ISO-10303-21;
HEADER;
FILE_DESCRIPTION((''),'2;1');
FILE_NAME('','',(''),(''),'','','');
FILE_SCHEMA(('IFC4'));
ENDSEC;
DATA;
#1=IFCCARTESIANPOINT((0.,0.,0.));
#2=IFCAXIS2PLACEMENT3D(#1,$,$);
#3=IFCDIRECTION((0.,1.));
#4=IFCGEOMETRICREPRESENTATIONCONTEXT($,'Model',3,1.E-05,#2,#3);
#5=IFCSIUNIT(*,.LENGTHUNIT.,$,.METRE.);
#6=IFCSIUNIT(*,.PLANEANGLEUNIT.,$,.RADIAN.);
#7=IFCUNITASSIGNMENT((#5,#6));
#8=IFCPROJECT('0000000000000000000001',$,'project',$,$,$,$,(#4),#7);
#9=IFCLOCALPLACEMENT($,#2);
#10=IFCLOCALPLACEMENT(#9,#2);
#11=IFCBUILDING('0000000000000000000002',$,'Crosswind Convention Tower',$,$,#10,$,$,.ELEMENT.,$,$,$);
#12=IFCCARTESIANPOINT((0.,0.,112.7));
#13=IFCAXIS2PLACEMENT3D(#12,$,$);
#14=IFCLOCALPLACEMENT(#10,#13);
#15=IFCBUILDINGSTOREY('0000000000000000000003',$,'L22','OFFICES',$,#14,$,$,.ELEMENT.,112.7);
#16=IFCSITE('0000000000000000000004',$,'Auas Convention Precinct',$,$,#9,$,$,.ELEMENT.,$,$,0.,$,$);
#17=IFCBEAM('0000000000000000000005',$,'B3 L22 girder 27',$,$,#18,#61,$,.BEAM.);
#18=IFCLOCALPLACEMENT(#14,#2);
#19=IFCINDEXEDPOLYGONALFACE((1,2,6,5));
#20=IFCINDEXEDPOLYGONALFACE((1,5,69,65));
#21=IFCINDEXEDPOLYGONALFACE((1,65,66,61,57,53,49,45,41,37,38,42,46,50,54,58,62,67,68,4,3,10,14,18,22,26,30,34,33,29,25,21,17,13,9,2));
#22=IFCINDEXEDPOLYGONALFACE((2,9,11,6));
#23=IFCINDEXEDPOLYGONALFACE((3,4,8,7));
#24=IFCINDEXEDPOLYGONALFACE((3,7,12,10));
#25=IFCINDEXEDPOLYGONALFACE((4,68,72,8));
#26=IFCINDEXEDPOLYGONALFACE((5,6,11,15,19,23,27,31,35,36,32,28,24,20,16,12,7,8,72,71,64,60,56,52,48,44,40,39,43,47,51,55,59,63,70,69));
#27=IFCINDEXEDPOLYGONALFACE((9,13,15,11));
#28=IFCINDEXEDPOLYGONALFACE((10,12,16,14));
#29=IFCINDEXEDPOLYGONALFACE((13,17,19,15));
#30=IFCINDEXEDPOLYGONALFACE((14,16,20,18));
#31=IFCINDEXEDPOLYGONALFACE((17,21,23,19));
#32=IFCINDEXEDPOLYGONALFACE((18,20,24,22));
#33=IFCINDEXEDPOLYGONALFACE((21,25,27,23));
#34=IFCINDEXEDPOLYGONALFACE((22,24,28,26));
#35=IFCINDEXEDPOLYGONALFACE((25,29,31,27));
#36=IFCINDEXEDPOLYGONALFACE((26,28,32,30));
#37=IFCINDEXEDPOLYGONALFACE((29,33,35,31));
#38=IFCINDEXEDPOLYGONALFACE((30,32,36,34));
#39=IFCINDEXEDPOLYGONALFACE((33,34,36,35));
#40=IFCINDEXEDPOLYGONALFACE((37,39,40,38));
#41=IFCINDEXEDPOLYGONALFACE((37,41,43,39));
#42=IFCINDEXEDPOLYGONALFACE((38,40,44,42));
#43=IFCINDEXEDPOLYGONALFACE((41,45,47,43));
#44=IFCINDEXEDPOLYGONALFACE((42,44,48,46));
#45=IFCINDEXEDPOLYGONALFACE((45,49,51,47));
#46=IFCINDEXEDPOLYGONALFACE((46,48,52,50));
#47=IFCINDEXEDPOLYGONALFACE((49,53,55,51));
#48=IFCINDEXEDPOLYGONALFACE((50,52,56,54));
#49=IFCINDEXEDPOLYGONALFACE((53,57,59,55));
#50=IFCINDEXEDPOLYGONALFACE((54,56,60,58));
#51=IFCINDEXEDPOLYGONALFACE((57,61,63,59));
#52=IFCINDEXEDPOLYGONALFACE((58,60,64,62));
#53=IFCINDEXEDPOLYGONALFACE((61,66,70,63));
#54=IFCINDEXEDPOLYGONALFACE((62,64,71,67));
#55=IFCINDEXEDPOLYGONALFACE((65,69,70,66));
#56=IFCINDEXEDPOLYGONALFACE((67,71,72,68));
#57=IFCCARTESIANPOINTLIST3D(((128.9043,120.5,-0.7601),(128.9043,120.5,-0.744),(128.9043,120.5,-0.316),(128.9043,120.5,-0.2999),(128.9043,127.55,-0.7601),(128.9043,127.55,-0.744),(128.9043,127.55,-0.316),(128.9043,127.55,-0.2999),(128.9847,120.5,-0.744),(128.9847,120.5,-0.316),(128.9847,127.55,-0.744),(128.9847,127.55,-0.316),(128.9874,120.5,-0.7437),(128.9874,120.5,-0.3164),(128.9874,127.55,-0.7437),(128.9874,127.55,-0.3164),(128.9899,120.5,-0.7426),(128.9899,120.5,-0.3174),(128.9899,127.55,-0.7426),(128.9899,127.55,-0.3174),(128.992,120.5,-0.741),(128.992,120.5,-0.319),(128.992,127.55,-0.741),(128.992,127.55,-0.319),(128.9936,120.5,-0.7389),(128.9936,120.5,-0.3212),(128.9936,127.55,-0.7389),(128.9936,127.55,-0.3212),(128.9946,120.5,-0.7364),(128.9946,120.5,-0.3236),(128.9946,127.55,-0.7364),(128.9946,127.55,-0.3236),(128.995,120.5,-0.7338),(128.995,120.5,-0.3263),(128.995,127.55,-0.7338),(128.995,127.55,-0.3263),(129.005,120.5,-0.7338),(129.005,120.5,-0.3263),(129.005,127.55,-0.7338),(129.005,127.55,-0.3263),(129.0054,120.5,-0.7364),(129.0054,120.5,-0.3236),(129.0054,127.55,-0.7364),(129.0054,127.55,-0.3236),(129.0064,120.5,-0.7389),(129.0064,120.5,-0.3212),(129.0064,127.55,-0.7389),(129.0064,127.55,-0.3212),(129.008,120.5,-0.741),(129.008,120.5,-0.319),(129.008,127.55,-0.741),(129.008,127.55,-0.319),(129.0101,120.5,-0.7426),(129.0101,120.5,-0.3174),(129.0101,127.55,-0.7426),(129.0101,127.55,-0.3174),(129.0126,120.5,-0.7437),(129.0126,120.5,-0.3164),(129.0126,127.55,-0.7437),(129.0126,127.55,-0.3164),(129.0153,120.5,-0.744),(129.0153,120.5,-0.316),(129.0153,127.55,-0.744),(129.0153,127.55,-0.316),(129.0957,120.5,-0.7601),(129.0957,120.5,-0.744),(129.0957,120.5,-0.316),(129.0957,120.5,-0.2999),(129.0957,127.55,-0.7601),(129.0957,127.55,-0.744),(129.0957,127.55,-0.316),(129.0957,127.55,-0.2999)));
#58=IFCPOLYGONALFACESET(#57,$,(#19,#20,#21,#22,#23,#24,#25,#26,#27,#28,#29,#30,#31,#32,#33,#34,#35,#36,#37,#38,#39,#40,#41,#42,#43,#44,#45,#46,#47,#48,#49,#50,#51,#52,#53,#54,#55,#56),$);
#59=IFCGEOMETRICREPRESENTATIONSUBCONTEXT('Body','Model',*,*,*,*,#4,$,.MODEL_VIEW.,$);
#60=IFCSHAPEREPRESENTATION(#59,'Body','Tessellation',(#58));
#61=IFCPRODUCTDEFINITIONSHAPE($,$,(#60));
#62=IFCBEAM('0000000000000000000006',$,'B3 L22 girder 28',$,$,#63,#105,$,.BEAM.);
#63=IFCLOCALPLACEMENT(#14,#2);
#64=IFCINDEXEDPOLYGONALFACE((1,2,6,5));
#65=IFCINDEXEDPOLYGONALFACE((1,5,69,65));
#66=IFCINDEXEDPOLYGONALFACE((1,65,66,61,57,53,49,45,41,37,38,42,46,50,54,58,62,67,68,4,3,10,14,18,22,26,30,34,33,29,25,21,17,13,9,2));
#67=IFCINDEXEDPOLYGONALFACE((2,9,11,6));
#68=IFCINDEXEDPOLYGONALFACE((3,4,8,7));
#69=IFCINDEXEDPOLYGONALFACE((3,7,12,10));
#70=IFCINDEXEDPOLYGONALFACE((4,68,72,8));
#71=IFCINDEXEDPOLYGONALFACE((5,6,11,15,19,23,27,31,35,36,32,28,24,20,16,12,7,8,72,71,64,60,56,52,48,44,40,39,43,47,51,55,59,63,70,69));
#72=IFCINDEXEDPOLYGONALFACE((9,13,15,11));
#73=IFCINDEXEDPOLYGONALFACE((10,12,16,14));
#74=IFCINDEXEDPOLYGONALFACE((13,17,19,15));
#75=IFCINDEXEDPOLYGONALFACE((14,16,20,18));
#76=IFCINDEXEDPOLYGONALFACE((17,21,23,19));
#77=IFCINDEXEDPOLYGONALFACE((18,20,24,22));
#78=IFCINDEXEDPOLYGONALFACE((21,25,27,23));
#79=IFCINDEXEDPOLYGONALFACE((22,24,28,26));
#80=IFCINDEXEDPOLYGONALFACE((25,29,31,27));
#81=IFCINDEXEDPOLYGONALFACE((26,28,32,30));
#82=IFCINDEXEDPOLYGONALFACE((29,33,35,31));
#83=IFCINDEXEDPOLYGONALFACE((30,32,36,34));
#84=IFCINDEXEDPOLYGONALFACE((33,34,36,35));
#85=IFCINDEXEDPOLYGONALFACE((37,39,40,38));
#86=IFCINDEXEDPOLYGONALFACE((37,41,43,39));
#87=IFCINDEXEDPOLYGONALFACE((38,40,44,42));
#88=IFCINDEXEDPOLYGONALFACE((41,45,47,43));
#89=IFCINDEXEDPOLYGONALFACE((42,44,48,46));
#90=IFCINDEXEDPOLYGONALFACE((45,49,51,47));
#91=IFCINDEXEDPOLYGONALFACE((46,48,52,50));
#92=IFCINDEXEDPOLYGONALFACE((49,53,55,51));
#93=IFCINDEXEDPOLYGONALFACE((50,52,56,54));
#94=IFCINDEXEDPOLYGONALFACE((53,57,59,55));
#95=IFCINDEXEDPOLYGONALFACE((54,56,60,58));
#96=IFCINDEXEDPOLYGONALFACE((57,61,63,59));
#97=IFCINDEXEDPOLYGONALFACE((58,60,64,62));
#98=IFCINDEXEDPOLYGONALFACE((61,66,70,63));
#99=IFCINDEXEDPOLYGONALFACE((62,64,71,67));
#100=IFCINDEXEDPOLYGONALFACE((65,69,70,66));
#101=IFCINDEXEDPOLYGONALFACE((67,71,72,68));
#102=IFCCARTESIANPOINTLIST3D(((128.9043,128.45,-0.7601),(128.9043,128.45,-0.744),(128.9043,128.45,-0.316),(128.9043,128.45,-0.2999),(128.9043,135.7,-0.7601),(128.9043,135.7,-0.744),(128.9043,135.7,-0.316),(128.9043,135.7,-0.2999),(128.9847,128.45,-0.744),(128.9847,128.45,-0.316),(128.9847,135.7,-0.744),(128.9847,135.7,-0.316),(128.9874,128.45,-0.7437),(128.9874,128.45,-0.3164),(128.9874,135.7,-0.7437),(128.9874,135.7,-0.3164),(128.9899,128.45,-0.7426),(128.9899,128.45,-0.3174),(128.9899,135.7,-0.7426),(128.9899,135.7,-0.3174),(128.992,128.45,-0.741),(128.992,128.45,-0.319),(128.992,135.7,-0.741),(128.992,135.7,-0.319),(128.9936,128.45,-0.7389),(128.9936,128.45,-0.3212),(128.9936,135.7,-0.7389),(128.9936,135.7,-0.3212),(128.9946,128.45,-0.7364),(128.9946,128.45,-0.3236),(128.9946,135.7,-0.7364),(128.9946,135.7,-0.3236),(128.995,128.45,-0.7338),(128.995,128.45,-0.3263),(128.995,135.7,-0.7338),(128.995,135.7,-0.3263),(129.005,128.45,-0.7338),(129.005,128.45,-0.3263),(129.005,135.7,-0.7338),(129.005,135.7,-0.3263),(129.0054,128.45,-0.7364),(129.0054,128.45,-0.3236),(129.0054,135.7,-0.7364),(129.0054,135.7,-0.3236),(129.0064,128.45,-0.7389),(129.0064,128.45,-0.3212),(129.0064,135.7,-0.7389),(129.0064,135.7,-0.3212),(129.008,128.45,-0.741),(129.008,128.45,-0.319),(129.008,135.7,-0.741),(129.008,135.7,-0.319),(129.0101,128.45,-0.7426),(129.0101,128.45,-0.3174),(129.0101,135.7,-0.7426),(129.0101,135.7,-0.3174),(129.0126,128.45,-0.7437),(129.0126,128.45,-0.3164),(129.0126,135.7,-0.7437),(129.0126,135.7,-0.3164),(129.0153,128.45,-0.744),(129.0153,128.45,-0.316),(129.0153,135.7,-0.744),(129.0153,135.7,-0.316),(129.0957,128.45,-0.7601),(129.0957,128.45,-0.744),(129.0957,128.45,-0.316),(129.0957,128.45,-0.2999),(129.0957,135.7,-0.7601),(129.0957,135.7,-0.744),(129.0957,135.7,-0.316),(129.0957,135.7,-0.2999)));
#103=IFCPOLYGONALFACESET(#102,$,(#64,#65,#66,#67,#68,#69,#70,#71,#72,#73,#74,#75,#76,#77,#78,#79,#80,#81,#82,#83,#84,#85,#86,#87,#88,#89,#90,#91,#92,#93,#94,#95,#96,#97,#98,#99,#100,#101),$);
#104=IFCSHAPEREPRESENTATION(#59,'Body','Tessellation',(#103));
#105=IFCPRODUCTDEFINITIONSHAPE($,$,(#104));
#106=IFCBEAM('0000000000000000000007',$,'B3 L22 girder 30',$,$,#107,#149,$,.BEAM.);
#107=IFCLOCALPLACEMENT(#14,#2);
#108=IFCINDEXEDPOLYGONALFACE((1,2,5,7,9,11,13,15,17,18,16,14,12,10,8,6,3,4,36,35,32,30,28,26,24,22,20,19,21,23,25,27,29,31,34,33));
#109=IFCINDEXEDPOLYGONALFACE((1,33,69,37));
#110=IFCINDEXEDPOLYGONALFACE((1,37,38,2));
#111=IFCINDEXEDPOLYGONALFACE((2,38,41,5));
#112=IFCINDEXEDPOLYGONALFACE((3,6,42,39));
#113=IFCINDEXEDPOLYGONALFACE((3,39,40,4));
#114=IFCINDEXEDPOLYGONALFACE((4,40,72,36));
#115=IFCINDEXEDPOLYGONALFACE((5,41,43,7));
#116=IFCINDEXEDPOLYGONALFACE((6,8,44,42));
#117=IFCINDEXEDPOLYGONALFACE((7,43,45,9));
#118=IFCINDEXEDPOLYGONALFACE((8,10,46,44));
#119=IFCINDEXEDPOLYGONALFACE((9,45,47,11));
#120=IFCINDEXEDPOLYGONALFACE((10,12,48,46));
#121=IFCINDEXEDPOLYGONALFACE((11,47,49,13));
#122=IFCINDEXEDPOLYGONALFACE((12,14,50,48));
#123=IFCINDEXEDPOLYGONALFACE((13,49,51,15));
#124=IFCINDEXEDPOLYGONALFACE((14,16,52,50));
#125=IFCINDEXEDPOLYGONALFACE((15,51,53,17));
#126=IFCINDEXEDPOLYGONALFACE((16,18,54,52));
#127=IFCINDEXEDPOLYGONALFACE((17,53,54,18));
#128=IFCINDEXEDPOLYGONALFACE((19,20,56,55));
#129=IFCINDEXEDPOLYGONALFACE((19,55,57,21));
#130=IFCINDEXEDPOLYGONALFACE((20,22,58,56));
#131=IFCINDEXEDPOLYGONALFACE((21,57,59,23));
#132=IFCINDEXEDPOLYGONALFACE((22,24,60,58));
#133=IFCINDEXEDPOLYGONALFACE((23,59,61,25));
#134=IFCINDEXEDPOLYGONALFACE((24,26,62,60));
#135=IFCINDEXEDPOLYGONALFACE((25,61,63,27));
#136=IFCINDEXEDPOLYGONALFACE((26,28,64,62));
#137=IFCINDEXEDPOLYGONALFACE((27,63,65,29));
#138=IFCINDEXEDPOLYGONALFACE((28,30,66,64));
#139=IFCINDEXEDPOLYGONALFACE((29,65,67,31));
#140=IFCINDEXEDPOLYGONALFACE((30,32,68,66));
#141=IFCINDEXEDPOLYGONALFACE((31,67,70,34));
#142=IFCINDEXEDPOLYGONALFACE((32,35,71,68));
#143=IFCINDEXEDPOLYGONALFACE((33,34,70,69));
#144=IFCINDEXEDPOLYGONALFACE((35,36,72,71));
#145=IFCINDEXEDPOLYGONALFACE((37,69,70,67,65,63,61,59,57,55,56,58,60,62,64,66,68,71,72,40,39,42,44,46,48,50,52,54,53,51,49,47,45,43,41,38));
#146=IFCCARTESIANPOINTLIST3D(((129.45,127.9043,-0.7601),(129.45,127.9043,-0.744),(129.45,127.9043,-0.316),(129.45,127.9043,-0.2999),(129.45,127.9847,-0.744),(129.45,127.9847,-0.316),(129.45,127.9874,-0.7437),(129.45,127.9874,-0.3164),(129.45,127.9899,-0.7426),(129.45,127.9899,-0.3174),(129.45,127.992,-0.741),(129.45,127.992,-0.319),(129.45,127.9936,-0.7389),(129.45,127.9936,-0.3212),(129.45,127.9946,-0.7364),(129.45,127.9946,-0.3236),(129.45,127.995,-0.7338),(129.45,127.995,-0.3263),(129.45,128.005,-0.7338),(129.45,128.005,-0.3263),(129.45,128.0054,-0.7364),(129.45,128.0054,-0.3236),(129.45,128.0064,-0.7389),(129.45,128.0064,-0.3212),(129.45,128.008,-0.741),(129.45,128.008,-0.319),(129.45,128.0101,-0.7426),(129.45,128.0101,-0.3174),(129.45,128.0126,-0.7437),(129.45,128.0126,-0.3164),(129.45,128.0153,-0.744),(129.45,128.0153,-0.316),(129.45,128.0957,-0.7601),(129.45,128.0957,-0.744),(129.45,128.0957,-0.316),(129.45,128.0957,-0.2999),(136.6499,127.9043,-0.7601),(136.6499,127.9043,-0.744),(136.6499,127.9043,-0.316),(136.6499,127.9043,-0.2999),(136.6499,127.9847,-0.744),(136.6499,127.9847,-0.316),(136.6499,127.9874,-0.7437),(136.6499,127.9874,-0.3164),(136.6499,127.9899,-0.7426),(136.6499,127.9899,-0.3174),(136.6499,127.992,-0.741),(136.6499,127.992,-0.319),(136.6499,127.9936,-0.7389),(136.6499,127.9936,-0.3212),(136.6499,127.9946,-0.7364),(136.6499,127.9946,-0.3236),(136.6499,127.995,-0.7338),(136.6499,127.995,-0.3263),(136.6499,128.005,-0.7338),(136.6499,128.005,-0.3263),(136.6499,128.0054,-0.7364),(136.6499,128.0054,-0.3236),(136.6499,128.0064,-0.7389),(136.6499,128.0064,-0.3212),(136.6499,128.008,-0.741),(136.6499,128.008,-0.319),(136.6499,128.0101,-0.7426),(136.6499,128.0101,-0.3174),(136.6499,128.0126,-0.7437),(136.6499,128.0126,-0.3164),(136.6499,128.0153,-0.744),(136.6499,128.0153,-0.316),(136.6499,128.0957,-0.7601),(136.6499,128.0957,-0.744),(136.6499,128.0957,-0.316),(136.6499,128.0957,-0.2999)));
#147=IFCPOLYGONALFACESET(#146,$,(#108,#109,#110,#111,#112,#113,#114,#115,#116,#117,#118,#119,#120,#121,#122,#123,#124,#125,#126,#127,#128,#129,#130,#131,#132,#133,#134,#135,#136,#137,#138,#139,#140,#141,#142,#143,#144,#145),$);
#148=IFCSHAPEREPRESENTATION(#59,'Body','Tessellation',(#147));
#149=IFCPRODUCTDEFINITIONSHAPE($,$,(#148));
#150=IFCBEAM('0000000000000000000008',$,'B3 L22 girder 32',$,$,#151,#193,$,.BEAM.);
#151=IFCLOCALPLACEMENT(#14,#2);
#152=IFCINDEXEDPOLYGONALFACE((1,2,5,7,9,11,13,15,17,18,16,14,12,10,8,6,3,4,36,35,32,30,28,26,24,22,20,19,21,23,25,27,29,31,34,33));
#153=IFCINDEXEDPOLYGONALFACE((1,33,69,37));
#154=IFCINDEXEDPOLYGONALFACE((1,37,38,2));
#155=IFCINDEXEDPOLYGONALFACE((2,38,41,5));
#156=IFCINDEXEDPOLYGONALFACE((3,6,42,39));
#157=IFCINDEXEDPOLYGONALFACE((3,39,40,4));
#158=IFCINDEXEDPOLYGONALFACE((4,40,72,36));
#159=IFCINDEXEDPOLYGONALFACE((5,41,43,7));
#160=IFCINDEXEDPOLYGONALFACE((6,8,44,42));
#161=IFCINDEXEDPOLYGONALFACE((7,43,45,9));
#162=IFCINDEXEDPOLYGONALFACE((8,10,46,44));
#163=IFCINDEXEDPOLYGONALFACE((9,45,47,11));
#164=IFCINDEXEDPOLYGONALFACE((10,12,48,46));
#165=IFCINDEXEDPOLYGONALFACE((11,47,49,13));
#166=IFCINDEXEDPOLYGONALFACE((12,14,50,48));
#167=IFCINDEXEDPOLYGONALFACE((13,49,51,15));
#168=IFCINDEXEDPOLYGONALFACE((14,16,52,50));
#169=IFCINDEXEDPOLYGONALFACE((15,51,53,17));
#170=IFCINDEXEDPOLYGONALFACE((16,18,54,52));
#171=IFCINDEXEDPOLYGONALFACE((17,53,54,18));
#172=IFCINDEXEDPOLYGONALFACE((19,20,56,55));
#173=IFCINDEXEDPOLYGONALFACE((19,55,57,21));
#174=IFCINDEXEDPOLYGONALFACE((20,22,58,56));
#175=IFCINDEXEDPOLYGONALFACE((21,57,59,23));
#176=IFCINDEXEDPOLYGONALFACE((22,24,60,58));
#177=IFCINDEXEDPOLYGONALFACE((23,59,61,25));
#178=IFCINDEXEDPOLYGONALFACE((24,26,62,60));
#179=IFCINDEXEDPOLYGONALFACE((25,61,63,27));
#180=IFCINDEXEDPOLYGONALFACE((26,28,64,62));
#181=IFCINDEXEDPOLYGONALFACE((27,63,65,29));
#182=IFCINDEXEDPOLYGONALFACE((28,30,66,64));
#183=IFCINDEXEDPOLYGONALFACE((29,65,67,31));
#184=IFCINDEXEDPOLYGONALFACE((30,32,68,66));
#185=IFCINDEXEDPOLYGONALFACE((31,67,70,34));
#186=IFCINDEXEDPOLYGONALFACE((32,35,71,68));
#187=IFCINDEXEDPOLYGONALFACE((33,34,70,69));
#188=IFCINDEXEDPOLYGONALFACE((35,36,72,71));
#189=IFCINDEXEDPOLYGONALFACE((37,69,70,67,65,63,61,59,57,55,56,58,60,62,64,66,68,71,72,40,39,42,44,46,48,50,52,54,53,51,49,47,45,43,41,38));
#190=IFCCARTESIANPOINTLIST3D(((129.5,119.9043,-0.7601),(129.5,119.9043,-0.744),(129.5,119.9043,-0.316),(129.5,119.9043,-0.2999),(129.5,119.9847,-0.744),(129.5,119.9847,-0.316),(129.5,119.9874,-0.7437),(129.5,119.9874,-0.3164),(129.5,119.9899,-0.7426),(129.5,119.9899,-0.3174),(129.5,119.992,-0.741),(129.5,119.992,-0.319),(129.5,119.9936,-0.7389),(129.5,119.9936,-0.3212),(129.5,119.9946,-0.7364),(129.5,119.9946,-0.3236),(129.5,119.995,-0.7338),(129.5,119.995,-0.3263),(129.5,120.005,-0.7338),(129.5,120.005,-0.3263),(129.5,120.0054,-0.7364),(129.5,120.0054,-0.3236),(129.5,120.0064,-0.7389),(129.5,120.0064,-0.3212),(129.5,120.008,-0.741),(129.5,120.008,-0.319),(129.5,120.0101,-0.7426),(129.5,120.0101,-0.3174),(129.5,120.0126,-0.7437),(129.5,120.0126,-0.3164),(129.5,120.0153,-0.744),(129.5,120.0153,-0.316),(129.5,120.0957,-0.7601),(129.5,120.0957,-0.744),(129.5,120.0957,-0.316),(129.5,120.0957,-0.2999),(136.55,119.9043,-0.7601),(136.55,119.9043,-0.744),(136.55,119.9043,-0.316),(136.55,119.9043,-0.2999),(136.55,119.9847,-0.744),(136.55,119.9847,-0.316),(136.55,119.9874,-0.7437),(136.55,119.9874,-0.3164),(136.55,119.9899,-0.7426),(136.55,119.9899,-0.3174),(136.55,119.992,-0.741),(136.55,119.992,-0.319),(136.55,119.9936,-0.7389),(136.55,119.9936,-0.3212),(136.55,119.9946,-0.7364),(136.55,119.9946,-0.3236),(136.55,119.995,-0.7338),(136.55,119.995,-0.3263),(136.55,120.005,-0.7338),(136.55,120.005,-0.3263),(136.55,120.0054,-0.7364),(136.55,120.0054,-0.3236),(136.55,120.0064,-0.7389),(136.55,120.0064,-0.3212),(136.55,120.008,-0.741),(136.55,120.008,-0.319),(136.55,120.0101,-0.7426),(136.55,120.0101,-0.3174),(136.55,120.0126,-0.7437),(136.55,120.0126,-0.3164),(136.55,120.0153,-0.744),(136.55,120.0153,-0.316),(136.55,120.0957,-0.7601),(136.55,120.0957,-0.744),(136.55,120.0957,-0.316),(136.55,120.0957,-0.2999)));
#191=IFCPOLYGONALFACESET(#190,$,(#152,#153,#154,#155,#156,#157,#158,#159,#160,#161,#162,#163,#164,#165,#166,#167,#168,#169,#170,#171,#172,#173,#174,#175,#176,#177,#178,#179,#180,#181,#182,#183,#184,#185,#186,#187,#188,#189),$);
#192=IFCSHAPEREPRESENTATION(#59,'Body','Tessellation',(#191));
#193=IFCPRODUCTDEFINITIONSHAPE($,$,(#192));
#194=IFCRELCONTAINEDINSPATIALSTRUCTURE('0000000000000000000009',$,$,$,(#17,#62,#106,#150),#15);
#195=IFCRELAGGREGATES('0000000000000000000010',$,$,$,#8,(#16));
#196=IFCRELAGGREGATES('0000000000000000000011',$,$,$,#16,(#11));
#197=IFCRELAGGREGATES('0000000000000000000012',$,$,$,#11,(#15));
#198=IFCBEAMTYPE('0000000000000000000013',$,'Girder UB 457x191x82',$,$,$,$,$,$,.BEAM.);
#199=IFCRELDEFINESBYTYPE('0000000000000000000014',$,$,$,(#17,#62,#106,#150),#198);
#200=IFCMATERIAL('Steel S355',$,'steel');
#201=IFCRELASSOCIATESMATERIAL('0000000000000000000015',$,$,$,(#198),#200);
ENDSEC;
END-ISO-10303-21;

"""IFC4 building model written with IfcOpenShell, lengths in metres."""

from ifc_helpers import new_model, si_unit, direction, frame, origin, origin_2d, place, context, subcontext, project, spatial, i_section, extrude, material, material_profile, profile_set, type_object, element, save


model = new_model("IFC4")

# Units and contexts
model_context = context("Model", 3, precision=1e-05, world=origin(), true_north=direction((0.0, 1.0)))
body_context = subcontext(model_context, "Body", "Model", "MODEL_VIEW")
ifc_project = project(units=[si_unit("LENGTHUNIT", "METRE"), si_unit("PLANEANGLEUNIT", "RADIAN")], contexts=[model_context])

# Site, building, storey
site_placement = place(None, origin())
site = spatial("IfcSite", under=ifc_project, at=site_placement, Name="Auas Convention Precinct", CompositionType="ELEMENT", RefElevation=0.0)
building_placement = place(site_placement, origin())
building = spatial("IfcBuilding", under=site, at=building_placement, Name="Crosswind Convention Tower", CompositionType="ELEMENT")
storey_placement = place(building_placement, frame((0.0, 0.0, 112.7)))
storey = spatial("IfcBuildingStorey", under=building, at=storey_placement, Name="L22", Description="OFFICES", CompositionType="ELEMENT", Elevation=112.7)

# Beams
ifc_material_1 = material(Name="Steel S355", Category="steel")
ifc_material_profile_1 = material_profile(ifc_material_1, i_section(OverallWidth=0.1914, OverallDepth=0.4602, WebThickness=0.01, FlangeThickness=0.0161, FilletRadius=0.0103, at=origin_2d()), Name="UB 457x191x82")
ifc_profile_set_1 = profile_set([ifc_material_profile_1], Name="Steel S355")
beam_type_1 = type_object("IfcBeamType", Name="Girder UB 457x191x82", PredefinedType="BEAM", material=ifc_profile_set_1)
beam_1_placement = place(storey_placement, frame((129.0, 120.5, -0.53), z_axis=(0.0, 1.0, 0.0), x_axis=(-1.0, 0.0, 0.0)))
element("IfcBeam", 1, at=beam_1_placement, inside=storey, type_object=beam_type_1, Name="B3 L22 girder 27", PredefinedType="BEAM", context=body_context, shape_type="SweptSolid", body=[
    extrude(i_section(OverallWidth=0.1914, OverallDepth=0.4602, WebThickness=0.01, FlangeThickness=0.0161, FilletRadius=0.0103, at=origin_2d()), origin(), (0.0, 0.0, 1.0), 7.05),
])
beam_2_placement = place(storey_placement, frame((129.0, 128.45, -0.53), z_axis=(0.0, 1.0, 0.0), x_axis=(-1.0, 0.0, 0.0)))
element("IfcBeam", 2, at=beam_2_placement, inside=storey, type_object=beam_type_1, Name="B3 L22 girder 28", PredefinedType="BEAM", context=body_context, shape_type="SweptSolid", body=[
    extrude(i_section(OverallWidth=0.1914, OverallDepth=0.4602, WebThickness=0.01, FlangeThickness=0.0161, FilletRadius=0.0103, at=origin_2d()), origin(), (0.0, 0.0, 1.0), 7.25),
])
beam_3_placement = place(storey_placement, frame((129.45, 128.0, -0.53), z_axis=(1.0, 0.0, 0.0), x_axis=(0.0, 1.0, 0.0)))
element("IfcBeam", 3, at=beam_3_placement, inside=storey, type_object=beam_type_1, Name="B3 L22 girder 30", PredefinedType="BEAM", context=body_context, shape_type="SweptSolid", body=[
    extrude(i_section(OverallWidth=0.1914, OverallDepth=0.4602, WebThickness=0.01, FlangeThickness=0.0161, FilletRadius=0.0103, at=origin_2d()), origin(), (0.0, 0.0, 1.0), 7.2),
])
beam_4_placement = place(storey_placement, frame((129.5, 120.0, -0.53), z_axis=(1.0, 0.0, 0.0), x_axis=(0.0, 1.0, 0.0)))
element("IfcBeam", 4, at=beam_4_placement, inside=storey, type_object=beam_type_1, Name="B3 L22 girder 32", PredefinedType="BEAM", context=body_context, shape_type="SweptSolid", body=[
    extrude(i_section(OverallWidth=0.1914, OverallDepth=0.4602, WebThickness=0.01, FlangeThickness=0.0161, FilletRadius=0.0103, at=origin_2d()), origin(), (0.0, 0.0, 1.0), 7.05),
])

save(model, "model.ifc")
